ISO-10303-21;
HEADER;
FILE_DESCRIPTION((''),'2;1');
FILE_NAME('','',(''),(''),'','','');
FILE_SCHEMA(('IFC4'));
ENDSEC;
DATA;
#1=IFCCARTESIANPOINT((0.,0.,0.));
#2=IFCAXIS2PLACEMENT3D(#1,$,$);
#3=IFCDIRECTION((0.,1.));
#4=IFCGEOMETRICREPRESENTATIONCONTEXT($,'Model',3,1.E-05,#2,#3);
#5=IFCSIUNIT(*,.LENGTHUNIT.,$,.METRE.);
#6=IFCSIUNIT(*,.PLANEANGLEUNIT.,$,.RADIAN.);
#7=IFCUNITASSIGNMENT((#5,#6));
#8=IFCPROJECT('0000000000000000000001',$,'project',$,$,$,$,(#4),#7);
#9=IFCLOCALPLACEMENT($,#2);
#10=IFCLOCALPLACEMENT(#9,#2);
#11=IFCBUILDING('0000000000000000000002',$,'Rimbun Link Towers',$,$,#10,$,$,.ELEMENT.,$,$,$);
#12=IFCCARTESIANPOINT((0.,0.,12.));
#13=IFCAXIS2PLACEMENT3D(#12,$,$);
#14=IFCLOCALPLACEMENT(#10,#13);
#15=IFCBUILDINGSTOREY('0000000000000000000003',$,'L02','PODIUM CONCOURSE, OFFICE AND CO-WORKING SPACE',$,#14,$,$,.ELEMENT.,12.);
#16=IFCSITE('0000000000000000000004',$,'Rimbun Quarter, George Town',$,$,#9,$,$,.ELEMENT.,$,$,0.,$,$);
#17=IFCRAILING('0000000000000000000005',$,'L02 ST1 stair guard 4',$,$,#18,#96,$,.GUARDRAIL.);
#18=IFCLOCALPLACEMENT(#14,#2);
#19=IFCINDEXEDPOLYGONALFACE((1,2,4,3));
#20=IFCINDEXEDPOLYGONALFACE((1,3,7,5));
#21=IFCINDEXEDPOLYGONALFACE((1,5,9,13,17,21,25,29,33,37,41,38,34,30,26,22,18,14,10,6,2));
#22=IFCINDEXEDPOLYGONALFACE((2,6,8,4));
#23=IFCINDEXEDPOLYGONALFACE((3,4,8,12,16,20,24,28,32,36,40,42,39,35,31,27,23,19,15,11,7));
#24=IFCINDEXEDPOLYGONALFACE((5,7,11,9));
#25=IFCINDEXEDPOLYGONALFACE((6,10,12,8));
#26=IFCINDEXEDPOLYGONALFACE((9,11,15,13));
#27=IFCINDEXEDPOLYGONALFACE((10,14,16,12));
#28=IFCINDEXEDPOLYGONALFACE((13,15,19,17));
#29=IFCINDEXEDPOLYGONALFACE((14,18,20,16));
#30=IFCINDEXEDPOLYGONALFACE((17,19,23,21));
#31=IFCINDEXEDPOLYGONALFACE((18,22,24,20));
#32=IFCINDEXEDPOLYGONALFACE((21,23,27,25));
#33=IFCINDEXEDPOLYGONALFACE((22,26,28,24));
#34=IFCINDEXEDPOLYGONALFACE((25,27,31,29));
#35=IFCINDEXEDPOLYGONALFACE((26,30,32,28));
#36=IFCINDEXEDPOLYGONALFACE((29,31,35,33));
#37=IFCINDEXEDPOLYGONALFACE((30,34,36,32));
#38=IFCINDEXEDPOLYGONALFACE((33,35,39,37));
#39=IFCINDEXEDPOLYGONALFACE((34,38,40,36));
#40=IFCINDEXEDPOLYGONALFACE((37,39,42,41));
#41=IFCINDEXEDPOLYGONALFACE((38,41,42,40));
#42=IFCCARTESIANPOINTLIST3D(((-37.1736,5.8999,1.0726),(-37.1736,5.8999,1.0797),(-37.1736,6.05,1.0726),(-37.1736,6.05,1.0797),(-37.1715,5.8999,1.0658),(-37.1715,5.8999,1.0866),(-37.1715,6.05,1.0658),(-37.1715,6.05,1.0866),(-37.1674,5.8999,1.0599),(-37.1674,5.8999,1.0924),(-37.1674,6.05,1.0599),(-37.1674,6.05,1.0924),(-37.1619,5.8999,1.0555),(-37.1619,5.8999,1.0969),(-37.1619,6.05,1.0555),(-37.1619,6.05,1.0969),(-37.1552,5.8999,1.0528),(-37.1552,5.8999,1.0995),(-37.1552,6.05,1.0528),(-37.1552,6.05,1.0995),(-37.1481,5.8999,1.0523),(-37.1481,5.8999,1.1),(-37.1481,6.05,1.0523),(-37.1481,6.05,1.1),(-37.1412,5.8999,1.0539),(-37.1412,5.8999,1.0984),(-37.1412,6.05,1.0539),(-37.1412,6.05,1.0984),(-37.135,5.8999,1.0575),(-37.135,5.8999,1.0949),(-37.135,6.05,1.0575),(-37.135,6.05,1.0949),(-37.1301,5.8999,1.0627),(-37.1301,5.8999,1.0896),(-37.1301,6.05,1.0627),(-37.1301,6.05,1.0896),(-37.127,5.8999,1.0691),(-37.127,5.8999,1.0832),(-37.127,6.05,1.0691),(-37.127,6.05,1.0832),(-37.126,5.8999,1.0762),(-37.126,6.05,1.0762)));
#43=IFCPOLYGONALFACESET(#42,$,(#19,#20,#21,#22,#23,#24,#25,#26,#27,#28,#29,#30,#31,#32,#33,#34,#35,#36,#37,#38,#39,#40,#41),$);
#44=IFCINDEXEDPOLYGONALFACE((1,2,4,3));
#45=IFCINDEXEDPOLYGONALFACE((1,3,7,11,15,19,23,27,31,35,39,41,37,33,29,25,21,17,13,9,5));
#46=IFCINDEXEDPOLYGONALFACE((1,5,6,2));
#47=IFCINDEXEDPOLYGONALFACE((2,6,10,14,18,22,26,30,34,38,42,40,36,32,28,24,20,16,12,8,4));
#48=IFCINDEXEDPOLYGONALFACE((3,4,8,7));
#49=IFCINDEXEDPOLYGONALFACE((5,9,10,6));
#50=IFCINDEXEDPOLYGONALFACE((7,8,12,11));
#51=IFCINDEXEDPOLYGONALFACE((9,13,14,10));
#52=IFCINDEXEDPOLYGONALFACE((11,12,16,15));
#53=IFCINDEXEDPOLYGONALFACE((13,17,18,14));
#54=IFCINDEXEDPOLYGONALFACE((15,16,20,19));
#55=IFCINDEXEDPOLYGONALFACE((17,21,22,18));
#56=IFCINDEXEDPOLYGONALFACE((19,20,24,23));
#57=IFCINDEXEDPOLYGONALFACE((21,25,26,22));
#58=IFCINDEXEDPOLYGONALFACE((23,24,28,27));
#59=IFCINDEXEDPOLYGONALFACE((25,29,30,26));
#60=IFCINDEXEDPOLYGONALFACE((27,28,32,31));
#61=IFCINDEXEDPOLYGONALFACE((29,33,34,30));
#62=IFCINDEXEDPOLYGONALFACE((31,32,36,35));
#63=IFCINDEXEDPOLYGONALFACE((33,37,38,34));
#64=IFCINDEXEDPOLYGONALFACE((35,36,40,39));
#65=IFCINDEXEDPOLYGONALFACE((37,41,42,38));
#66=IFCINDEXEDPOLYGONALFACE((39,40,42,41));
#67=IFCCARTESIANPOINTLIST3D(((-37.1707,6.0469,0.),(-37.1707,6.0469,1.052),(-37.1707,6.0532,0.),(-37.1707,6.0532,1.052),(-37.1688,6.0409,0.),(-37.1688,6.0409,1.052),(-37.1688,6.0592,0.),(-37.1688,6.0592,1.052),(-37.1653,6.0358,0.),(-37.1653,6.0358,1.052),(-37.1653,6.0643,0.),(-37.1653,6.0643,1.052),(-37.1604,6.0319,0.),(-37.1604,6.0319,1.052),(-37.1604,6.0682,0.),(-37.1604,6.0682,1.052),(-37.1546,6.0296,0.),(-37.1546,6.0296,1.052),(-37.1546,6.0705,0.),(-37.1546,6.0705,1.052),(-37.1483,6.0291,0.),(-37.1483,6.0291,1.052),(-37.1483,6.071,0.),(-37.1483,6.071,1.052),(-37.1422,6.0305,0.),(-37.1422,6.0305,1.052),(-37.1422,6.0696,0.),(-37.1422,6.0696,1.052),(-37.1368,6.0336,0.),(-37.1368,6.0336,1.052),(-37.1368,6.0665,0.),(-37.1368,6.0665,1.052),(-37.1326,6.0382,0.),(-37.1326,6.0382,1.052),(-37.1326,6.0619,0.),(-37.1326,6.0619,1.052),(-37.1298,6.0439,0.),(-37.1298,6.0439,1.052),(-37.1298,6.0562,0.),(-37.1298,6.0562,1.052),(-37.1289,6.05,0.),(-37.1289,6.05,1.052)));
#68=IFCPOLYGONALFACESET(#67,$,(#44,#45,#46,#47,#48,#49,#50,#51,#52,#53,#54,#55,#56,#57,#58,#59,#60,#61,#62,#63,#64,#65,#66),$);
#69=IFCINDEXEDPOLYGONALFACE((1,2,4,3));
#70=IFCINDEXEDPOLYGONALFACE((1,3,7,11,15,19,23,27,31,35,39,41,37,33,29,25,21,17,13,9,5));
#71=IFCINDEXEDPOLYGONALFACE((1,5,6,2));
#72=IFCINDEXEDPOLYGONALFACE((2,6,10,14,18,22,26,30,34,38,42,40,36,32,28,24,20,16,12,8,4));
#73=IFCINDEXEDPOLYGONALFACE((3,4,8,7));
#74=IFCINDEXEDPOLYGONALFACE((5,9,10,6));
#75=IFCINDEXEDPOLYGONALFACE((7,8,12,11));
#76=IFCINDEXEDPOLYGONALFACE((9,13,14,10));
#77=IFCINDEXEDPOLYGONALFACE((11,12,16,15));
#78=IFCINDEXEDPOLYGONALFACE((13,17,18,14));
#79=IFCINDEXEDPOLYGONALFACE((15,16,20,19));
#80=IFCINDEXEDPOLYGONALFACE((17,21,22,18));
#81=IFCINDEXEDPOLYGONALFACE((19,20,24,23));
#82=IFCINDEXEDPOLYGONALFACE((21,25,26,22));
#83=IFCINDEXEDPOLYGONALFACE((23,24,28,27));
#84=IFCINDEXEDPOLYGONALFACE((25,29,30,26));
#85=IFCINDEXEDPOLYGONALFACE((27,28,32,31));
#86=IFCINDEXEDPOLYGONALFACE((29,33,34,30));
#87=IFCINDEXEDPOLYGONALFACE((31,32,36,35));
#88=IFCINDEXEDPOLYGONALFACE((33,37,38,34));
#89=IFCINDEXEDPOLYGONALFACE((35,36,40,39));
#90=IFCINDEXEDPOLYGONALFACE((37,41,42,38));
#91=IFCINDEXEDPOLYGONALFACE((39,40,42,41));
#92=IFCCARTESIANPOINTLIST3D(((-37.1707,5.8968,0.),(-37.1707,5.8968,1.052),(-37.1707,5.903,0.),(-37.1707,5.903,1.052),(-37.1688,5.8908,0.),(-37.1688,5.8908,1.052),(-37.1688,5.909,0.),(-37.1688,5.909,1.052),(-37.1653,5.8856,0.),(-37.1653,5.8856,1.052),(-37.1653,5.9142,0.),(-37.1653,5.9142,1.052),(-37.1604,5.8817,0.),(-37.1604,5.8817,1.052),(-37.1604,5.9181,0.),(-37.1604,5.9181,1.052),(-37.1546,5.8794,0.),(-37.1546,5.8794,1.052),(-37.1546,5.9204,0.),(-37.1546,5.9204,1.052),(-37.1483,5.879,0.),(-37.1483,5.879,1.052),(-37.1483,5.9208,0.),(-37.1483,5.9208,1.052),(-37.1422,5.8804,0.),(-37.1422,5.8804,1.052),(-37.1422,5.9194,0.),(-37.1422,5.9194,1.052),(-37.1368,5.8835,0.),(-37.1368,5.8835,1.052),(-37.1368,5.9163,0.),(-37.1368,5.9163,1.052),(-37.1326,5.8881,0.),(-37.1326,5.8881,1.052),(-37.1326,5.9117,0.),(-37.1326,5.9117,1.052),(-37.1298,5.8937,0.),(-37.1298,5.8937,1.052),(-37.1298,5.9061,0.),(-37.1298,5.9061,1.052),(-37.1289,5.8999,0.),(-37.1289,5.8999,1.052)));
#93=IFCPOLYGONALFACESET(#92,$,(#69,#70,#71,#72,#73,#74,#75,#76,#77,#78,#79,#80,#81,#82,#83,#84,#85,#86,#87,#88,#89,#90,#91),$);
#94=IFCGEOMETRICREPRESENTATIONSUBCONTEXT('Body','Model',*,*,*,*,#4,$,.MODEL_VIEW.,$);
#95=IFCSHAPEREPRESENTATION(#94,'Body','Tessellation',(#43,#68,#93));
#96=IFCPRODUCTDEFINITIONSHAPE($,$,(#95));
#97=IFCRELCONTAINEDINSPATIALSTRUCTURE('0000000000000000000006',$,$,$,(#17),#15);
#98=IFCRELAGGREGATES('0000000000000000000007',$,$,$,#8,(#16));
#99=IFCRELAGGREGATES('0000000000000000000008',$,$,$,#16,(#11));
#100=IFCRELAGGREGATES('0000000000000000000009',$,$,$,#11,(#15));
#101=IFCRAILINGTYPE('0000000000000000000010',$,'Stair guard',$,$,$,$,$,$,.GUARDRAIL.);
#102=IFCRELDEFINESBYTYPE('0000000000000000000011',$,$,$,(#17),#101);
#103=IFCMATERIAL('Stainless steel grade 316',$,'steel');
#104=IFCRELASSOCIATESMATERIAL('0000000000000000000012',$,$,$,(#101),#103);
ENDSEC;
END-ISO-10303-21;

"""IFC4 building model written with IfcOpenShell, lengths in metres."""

from ifc_helpers import new_model, si_unit, direction, frame, origin, origin_2d, place, context, subcontext, project, spatial, circle, extrude, material, type_object, element, save


model = new_model("IFC4")

# Units and contexts
model_context = context("Model", 3, precision=1e-05, world=origin(), true_north=direction((0.0, 1.0)))
body_context = subcontext(model_context, "Body", "Model", "MODEL_VIEW")
ifc_project = project(units=[si_unit("LENGTHUNIT", "METRE"), si_unit("PLANEANGLEUNIT", "RADIAN")], contexts=[model_context])

# Site, building, storey
site_placement = place(None, origin())
site = spatial("IfcSite", under=ifc_project, at=site_placement, Name="Rimbun Quarter, George Town", CompositionType="ELEMENT", RefElevation=0.0)
building_placement = place(site_placement, origin())
building = spatial("IfcBuilding", under=site, at=building_placement, Name="Rimbun Link Towers", CompositionType="ELEMENT")
storey_placement = place(building_placement, frame((0.0, 0.0, 12.0)))
storey = spatial("IfcBuildingStorey", under=building, at=storey_placement, Name="L02", Description="PODIUM CONCOURSE, OFFICE AND CO-WORKING SPACE", CompositionType="ELEMENT", Elevation=12.0)

# Railing
ifc_material_1 = material(Name="Stainless steel grade 316", Category="steel")
railing_type_1 = type_object("IfcRailingType", Name="Stair guard", PredefinedType="GUARDRAIL", material=ifc_material_1)
railing_1_placement = place(storey_placement, frame((-37.1499, 6.05, 0.0)))
element("IfcRailing", 1, at=railing_1_placement, inside=storey, type_object=railing_type_1, Name="L02 ST1 stair guard 4", PredefinedType="GUARDRAIL", context=body_context, shape_type="SweptSolid", body=[
    extrude(circle(Radius=0.0239, at=origin_2d()), frame((0.0, 0.0, 1.0762), z_axis=(0.0, -1.0, 0.0), x_axis=(1.0, 0.0, 0.0)), (0.0, 0.0, 1.0), 0.1501),
    extrude(circle(Radius=0.021, at=origin_2d()), origin(), (0.0, 0.0, 1.0), 1.052),
    extrude(circle(Radius=0.021, at=origin_2d()), frame((0.0, -0.1501, 0.0)), (0.0, 0.0, 1.0), 1.052),
])

save(model, "model.ifc")
